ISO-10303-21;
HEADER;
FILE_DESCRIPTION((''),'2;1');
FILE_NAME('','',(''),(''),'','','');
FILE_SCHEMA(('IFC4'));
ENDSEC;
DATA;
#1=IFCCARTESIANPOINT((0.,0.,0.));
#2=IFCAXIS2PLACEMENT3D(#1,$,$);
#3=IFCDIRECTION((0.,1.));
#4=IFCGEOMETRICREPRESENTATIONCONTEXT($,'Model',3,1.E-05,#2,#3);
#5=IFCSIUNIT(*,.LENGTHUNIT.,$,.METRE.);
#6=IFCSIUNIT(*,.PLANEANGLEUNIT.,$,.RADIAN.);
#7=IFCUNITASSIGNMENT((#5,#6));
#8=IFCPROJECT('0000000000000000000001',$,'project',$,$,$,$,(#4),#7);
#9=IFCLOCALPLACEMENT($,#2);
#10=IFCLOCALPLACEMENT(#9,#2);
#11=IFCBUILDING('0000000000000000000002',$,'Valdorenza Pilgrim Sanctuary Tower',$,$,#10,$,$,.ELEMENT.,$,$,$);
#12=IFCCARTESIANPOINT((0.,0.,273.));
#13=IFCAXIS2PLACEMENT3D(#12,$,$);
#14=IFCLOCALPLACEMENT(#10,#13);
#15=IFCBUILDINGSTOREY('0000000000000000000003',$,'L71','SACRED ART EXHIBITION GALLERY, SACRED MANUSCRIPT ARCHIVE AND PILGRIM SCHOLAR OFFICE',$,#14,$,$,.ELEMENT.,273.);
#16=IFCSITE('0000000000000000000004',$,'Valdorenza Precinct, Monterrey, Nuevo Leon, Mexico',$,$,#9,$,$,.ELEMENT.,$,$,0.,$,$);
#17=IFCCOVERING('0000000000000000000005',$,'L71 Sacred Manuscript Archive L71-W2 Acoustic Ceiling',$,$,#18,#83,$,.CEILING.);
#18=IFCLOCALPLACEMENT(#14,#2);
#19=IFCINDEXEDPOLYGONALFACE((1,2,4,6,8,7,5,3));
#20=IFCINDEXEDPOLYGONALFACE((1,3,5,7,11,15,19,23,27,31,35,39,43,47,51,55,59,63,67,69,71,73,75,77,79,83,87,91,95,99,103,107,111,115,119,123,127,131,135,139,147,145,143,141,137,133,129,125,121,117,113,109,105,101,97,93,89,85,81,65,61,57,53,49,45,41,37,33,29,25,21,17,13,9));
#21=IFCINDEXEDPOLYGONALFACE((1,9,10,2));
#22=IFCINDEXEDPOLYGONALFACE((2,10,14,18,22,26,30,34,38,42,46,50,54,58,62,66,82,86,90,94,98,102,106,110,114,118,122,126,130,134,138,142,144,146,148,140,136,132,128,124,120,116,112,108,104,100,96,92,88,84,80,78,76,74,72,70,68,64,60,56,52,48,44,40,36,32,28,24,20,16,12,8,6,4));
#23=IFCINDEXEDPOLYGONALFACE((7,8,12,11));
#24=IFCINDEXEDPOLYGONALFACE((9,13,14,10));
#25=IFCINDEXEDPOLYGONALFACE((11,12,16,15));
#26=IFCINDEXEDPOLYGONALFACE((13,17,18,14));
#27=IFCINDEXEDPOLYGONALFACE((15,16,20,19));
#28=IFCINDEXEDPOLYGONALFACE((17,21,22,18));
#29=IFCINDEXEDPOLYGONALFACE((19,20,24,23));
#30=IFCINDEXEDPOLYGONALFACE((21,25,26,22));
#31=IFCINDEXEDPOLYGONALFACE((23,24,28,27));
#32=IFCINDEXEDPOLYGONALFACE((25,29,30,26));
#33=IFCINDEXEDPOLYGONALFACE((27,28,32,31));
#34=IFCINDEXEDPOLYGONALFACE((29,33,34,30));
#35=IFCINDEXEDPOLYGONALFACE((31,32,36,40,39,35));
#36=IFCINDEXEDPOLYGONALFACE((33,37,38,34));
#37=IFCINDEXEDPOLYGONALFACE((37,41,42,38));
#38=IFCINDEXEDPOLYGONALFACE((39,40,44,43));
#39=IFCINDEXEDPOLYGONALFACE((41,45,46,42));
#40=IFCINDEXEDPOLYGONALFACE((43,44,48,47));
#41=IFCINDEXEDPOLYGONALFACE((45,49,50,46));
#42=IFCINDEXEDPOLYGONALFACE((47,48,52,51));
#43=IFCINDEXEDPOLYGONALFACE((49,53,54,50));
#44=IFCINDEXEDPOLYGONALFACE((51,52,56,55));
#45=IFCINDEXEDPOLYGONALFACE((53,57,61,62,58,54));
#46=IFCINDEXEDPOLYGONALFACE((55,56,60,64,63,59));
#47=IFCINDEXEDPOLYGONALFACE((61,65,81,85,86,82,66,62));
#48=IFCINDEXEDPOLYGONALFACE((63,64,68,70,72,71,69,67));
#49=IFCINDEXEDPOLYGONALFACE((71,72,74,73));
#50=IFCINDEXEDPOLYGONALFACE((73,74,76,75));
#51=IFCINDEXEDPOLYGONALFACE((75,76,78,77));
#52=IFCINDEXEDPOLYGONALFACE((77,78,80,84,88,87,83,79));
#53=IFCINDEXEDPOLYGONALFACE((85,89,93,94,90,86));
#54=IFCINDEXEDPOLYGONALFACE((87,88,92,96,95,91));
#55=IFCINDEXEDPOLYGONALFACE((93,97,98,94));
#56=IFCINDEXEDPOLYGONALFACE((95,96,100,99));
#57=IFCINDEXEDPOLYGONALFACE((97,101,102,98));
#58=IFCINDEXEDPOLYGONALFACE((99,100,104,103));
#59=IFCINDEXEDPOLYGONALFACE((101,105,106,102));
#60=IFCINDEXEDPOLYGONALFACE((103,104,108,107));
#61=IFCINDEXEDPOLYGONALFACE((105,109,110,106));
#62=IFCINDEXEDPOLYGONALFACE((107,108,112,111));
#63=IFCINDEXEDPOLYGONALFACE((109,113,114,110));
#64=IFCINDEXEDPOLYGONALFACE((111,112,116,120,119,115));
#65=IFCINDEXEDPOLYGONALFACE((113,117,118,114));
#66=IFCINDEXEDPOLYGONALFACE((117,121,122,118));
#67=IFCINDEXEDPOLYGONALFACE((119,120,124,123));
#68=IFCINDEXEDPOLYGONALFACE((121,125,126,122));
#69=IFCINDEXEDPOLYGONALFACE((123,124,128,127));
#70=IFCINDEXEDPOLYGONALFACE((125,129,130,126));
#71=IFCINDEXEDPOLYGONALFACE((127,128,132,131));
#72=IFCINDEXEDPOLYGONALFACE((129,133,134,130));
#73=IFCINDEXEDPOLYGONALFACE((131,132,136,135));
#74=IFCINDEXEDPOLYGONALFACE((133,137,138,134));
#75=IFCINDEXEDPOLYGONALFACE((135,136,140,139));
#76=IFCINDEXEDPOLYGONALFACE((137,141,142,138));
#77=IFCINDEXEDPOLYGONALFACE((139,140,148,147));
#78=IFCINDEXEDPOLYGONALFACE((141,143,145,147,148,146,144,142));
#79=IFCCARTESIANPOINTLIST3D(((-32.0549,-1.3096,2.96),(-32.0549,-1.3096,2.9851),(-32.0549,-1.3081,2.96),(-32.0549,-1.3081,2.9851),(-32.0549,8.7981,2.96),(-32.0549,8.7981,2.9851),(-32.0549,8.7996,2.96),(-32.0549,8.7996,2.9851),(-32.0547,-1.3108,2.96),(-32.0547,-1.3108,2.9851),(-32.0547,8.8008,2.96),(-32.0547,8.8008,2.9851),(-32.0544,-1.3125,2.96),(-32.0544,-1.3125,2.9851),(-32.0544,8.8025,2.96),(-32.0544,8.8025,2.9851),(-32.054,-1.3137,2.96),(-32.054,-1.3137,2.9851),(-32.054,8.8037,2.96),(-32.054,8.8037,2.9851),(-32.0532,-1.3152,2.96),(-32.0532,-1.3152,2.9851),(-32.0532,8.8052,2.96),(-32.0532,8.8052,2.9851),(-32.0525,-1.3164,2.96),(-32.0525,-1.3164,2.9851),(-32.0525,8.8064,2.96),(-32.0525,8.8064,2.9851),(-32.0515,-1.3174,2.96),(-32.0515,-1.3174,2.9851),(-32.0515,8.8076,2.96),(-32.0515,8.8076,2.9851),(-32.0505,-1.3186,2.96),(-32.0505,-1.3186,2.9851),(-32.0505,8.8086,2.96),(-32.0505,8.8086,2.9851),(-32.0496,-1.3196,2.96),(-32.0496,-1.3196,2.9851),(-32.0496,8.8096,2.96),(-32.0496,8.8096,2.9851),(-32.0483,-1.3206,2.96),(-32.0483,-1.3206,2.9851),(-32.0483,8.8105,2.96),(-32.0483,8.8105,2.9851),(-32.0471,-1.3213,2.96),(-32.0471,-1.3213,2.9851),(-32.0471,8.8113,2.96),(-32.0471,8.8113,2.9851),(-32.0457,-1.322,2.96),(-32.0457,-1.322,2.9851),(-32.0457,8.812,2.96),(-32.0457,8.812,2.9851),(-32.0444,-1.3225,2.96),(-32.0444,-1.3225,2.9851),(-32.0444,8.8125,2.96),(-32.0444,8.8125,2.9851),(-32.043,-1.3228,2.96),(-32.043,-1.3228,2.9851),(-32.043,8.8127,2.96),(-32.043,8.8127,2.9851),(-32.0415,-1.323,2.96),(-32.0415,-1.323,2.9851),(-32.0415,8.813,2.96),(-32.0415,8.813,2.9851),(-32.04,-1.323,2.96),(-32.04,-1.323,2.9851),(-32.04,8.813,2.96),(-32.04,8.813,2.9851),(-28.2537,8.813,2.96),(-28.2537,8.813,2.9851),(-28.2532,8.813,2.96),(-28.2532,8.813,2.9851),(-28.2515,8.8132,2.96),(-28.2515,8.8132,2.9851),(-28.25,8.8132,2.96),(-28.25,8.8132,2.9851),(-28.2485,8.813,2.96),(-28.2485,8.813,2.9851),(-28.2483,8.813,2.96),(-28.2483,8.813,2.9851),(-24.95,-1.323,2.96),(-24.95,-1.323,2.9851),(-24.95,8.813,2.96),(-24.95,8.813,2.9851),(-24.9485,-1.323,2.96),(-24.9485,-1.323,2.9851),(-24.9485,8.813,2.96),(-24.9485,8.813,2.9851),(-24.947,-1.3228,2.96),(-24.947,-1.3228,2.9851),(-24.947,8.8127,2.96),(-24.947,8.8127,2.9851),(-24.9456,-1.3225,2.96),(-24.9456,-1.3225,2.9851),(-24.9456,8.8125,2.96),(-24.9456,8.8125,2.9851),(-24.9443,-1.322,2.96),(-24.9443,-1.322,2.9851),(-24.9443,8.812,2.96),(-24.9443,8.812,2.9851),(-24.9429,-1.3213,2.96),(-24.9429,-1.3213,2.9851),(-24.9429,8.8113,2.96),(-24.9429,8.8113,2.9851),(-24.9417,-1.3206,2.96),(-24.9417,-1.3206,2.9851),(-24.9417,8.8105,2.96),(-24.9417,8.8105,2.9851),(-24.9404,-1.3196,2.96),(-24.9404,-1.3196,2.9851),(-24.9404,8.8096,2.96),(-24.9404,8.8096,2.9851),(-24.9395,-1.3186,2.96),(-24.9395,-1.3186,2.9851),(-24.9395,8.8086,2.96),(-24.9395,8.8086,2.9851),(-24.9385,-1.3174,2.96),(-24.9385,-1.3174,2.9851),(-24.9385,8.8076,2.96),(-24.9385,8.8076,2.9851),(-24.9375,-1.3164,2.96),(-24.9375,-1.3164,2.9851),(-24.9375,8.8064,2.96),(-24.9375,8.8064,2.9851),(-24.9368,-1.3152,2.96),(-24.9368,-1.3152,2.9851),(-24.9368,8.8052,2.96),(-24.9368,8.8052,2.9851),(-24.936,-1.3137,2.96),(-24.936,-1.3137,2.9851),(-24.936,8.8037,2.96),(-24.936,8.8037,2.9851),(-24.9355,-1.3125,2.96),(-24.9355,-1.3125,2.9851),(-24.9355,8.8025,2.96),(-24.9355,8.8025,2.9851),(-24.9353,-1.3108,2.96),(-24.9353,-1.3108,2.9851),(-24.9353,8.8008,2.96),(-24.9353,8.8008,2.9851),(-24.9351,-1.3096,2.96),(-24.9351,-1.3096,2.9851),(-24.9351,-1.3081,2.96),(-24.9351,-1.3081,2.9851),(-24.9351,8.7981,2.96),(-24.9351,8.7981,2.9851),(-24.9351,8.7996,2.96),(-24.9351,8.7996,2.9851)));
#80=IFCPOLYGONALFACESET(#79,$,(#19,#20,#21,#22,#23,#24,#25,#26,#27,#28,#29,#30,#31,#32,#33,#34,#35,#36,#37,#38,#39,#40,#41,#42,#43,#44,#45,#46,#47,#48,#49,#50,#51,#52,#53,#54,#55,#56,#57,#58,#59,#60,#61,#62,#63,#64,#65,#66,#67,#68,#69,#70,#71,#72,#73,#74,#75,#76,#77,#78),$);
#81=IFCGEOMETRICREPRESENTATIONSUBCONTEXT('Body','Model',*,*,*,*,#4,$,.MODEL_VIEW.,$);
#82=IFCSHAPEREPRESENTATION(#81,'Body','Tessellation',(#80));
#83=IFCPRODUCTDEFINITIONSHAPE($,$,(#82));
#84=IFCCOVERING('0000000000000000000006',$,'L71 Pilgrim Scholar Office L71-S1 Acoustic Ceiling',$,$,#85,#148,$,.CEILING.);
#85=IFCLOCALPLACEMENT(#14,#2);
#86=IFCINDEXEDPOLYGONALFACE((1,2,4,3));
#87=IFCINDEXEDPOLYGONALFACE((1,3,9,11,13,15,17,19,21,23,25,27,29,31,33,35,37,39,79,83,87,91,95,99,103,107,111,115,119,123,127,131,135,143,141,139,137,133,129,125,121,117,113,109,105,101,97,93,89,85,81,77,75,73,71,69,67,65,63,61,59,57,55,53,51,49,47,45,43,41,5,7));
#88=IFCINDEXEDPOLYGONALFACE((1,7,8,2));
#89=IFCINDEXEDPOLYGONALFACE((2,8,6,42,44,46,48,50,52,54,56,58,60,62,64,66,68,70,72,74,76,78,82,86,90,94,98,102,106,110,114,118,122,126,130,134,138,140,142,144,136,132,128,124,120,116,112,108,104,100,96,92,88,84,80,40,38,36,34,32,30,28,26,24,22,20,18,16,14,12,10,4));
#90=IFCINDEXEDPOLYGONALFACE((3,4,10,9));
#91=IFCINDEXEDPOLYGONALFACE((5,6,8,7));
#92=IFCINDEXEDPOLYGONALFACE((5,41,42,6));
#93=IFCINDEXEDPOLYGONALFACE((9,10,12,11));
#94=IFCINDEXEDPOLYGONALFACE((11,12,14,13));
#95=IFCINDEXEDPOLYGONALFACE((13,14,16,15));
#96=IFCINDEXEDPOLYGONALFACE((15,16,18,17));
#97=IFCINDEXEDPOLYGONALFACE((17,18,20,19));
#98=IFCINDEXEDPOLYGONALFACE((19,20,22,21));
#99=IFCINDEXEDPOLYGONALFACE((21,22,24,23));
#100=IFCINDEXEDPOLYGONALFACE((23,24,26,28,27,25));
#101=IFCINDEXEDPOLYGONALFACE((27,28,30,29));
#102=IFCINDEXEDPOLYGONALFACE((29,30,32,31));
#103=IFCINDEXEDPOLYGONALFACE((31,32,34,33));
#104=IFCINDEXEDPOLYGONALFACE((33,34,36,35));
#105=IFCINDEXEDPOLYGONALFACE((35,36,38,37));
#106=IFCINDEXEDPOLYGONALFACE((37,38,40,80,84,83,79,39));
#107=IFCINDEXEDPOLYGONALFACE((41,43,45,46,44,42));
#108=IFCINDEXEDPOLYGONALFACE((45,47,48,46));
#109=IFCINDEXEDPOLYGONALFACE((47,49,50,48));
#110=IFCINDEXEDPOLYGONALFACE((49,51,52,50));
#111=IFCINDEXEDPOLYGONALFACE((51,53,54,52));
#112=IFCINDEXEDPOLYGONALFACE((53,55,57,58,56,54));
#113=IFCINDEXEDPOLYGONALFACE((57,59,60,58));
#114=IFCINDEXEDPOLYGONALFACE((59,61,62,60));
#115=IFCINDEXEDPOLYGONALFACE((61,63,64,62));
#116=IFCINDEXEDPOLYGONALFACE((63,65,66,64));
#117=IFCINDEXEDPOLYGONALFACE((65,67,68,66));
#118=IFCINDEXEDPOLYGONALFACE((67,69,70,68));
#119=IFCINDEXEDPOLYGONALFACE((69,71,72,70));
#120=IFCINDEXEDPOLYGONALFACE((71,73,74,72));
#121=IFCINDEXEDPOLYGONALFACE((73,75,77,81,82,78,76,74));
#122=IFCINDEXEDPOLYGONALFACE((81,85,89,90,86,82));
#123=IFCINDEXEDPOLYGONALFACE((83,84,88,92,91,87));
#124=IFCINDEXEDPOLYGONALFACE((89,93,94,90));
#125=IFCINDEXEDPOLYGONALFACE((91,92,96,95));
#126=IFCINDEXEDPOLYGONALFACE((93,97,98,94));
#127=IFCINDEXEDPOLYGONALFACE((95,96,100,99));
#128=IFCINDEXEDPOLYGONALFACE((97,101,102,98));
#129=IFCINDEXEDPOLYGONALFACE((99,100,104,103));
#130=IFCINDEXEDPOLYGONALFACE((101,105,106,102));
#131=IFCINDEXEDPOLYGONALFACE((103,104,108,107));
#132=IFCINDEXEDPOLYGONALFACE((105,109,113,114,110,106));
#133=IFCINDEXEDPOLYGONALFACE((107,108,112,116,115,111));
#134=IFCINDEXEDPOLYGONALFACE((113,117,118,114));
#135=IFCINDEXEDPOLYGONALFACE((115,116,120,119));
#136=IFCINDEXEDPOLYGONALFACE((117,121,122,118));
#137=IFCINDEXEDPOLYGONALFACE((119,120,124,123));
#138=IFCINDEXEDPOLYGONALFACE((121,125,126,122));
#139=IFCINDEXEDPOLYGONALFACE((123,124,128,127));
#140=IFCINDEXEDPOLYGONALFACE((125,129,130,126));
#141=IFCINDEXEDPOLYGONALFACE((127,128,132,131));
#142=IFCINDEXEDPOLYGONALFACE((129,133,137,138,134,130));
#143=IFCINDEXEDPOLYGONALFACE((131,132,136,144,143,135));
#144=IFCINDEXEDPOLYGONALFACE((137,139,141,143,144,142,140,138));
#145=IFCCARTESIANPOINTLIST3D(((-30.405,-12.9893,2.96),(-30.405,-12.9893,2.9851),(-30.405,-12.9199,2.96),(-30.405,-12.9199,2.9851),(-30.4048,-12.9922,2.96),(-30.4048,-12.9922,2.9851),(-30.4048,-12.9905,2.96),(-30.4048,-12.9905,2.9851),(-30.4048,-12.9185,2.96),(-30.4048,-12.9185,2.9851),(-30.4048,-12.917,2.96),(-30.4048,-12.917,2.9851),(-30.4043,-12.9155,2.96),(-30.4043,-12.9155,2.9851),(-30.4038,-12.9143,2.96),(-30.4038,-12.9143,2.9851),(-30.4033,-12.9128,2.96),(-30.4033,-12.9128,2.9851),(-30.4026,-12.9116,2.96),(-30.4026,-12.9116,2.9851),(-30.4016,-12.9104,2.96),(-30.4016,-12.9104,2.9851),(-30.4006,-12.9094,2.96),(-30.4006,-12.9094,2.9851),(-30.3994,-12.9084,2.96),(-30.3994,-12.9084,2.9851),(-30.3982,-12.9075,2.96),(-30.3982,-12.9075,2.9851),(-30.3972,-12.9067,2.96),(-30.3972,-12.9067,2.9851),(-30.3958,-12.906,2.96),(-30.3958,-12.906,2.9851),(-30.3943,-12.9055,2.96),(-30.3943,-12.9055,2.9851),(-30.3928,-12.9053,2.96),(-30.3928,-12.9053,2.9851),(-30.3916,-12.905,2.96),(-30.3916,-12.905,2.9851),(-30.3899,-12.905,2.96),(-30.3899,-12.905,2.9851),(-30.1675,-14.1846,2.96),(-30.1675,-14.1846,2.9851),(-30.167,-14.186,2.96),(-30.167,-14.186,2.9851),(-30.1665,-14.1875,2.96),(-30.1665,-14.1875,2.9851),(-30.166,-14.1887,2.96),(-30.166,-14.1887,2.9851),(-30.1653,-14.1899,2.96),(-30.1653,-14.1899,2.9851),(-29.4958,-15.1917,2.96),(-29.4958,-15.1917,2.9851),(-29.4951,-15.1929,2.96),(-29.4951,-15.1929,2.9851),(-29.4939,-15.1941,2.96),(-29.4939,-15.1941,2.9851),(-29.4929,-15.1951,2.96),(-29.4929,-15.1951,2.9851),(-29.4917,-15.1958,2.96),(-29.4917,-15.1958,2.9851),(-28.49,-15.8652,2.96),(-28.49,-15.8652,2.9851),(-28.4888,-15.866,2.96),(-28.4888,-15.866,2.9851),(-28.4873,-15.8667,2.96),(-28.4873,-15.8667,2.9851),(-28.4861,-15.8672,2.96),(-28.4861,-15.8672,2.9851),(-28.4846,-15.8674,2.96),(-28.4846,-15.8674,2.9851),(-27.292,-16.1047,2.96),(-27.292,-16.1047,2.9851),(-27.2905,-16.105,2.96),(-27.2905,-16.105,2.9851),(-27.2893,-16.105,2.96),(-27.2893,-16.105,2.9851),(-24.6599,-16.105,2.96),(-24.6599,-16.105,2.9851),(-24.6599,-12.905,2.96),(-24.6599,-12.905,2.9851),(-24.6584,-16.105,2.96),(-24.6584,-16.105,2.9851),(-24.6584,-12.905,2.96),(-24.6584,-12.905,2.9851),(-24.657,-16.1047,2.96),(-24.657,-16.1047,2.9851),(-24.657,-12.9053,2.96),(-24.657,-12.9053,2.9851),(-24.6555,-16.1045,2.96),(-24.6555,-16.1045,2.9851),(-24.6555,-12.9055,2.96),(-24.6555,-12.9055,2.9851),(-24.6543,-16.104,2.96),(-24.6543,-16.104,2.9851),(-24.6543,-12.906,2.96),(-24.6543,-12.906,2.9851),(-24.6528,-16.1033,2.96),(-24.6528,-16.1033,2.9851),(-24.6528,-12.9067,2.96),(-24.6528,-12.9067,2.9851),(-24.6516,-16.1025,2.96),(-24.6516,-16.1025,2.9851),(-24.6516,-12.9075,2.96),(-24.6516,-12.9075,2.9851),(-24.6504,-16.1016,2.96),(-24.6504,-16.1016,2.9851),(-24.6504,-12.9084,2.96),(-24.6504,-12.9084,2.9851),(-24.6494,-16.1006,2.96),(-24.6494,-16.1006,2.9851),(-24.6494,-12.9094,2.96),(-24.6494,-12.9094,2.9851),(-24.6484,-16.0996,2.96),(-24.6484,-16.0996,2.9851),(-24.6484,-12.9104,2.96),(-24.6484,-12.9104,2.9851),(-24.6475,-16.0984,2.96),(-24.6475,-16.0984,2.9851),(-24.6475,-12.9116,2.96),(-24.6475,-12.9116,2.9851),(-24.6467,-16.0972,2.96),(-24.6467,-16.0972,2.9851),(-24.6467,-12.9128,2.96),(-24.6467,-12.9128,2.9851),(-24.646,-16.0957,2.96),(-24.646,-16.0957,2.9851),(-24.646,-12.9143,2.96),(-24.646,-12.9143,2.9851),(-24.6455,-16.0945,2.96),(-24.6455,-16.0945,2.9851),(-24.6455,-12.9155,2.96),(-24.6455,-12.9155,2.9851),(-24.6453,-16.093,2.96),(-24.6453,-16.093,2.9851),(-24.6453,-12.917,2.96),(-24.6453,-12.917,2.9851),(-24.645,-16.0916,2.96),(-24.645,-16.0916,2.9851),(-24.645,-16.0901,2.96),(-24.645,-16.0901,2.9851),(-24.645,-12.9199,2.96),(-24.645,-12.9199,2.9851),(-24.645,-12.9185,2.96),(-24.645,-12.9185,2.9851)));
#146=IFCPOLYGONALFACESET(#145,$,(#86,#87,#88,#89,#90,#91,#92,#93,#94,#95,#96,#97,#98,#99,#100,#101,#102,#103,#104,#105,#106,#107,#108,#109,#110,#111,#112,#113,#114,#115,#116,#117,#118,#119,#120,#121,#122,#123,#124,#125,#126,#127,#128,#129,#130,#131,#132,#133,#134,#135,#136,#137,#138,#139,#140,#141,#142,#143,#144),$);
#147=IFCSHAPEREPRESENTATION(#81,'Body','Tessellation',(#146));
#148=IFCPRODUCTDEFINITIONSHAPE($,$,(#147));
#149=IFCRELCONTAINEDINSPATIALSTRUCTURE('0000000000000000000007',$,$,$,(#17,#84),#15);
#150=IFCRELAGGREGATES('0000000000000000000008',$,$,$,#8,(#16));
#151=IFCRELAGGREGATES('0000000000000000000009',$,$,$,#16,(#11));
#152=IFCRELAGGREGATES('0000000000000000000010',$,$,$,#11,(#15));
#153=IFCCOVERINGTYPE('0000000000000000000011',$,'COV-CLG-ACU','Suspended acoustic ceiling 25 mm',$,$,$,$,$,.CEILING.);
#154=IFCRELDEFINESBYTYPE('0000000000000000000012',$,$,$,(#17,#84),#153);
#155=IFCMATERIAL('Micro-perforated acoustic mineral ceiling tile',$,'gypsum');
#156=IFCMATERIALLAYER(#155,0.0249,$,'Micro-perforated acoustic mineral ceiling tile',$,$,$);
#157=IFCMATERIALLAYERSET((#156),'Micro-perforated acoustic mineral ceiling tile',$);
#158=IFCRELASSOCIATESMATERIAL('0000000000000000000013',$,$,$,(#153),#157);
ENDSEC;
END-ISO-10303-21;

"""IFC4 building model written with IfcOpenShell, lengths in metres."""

from ifc_helpers import new_model, si_unit, direction, frame, origin, place, context, subcontext, project, spatial, polyline, outline, extrude, material, layer, layer_set, type_object, element, save


model = new_model("IFC4")

# Units and contexts
model_context = context("Model", 3, precision=1e-05, world=origin(), true_north=direction((0.0, 1.0)))
body_context = subcontext(model_context, "Body", "Model", "MODEL_VIEW")
ifc_project = project(units=[si_unit("LENGTHUNIT", "METRE"), si_unit("PLANEANGLEUNIT", "RADIAN")], contexts=[model_context])

# Site, building, storey
site_placement = place(None, origin())
site = spatial("IfcSite", under=ifc_project, at=site_placement, Name="Valdorenza Precinct, Monterrey, Nuevo Leon, Mexico", CompositionType="ELEMENT", RefElevation=0.0)
building_placement = place(site_placement, origin())
building = spatial("IfcBuilding", under=site, at=building_placement, Name="Valdorenza Pilgrim Sanctuary Tower", CompositionType="ELEMENT")
storey_placement = place(building_placement, frame((0.0, 0.0, 273.0)))
storey = spatial("IfcBuildingStorey", under=building, at=storey_placement, Name="L71", Description="SACRED ART EXHIBITION GALLERY, SACRED MANUSCRIPT ARCHIVE AND PILGRIM SCHOLAR OFFICE", CompositionType="ELEMENT", Elevation=273.0)

# Coverings
ifc_material_1 = material(Name="Micro-perforated acoustic mineral ceiling tile", Category="gypsum")
ifc_layer_1 = layer(ifc_material_1, 0.0249, Name="Micro-perforated acoustic mineral ceiling tile")
ifc_layer_set_1 = layer_set([ifc_layer_1], Name="Micro-perforated acoustic mineral ceiling tile")
covering_type_1 = type_object("IfcCoveringType", Name="COV-CLG-ACU", Description="Suspended acoustic ceiling 25 mm", PredefinedType="CEILING", material=ifc_layer_set_1)
covering_1_placement = place(storey_placement, frame((0.0, 0.0, 2.96)))
element("IfcCovering", 1, at=covering_1_placement, inside=storey, type_object=covering_type_1, Name="L71 Sacred Manuscript Archive L71-W2 Acoustic Ceiling", PredefinedType="CEILING", context=body_context, shape_type="SweptSolid", body=[
    extrude(outline(polyline([(-28.2537, 8.813), (-28.2532, 8.813), (-28.2515, 8.8132), (-28.25, 8.8132), (-28.2485, 8.813), (-28.2483, 8.813), (-24.95, 8.813), (-24.9485, 8.813), (-24.947, 8.8127), (-24.9456, 8.8125), (-24.9443, 8.812), (-24.9429, 8.8113), (-24.9417, 8.8105), (-24.9404, 8.8096), (-24.9395, 8.8086), (-24.9385, 8.8076), (-24.9375, 8.8064), (-24.9368, 8.8052), (-24.936, 8.8037), (-24.9355, 8.8025), (-24.9353, 8.8008), (-24.9351, 8.7996), (-24.9351, 8.7981), (-24.9351, -1.3081), (-24.9351, -1.3096), (-24.9353, -1.3108), (-24.9355, -1.3125), (-24.936, -1.3137), (-24.9368, -1.3152), (-24.9375, -1.3164), (-24.9385, -1.3174), (-24.9395, -1.3186), (-24.9404, -1.3196), (-24.9417, -1.3206), (-24.9429, -1.3213), (-24.9443, -1.322), (-24.9456, -1.3225), (-24.947, -1.3228), (-24.9485, -1.323), (-24.95, -1.323), (-32.04, -1.323), (-32.0415, -1.323), (-32.043, -1.3228), (-32.0444, -1.3225), (-32.0457, -1.322), (-32.0471, -1.3213), (-32.0483, -1.3206), (-32.0496, -1.3196), (-32.0505, -1.3186), (-32.0515, -1.3174), (-32.0525, -1.3164), (-32.0532, -1.3152), (-32.054, -1.3137), (-32.0544, -1.3125), (-32.0547, -1.3108), (-32.0549, -1.3096), (-32.0549, -1.3081), (-32.0549, 8.7981), (-32.0549, 8.7996), (-32.0547, 8.8008), (-32.0544, 8.8025), (-32.054, 8.8037), (-32.0532, 8.8052), (-32.0525, 8.8064), (-32.0515, 8.8076), (-32.0505, 8.8086), (-32.0496, 8.8096), (-32.0483, 8.8105), (-32.0471, 8.8113), (-32.0457, 8.812), (-32.0444, 8.8125), (-32.043, 8.8127), (-32.0415, 8.813), (-32.04, 8.813), (-28.2537, 8.813)])), origin(), (0.0, 0.0, 1.0), 0.0251),
])
covering_2_placement = place(storey_placement, frame((0.0, 0.0, 2.96)))
element("IfcCovering", 2, at=covering_2_placement, inside=storey, type_object=covering_type_1, Name="L71 Pilgrim Scholar Office L71-S1 Acoustic Ceiling", PredefinedType="CEILING", context=body_context, shape_type="SweptSolid", body=[
    extrude(outline(polyline([(-24.645, -16.0901), (-24.645, -16.0916), (-24.6453, -16.093), (-24.6455, -16.0945), (-24.646, -16.0957), (-24.6467, -16.0972), (-24.6475, -16.0984), (-24.6484, -16.0996), (-24.6494, -16.1006), (-24.6504, -16.1016), (-24.6516, -16.1025), (-24.6528, -16.1033), (-24.6543, -16.104), (-24.6555, -16.1045), (-24.657, -16.1047), (-24.6584, -16.105), (-24.6599, -16.105), (-27.2893, -16.105), (-27.2905, -16.105), (-27.292, -16.1047), (-28.4846, -15.8674), (-28.4861, -15.8672), (-28.4873, -15.8667), (-28.4888, -15.866), (-28.49, -15.8652), (-29.4917, -15.1958), (-29.4929, -15.1951), (-29.4939, -15.1941), (-29.4951, -15.1929), (-29.4958, -15.1917), (-30.1653, -14.1899), (-30.166, -14.1887), (-30.1665, -14.1875), (-30.167, -14.186), (-30.1675, -14.1846), (-30.4048, -12.9922), (-30.4048, -12.9905), (-30.405, -12.9893), (-30.405, -12.9199), (-30.4048, -12.9185), (-30.4048, -12.917), (-30.4043, -12.9155), (-30.4038, -12.9143), (-30.4033, -12.9128), (-30.4026, -12.9116), (-30.4016, -12.9104), (-30.4006, -12.9094), (-30.3994, -12.9084), (-30.3982, -12.9075), (-30.3972, -12.9067), (-30.3958, -12.906), (-30.3943, -12.9055), (-30.3928, -12.9053), (-30.3916, -12.905), (-30.3899, -12.905), (-24.6599, -12.905), (-24.6584, -12.905), (-24.657, -12.9053), (-24.6555, -12.9055), (-24.6543, -12.906), (-24.6528, -12.9067), (-24.6516, -12.9075), (-24.6504, -12.9084), (-24.6494, -12.9094), (-24.6484, -12.9104), (-24.6475, -12.9116), (-24.6467, -12.9128), (-24.646, -12.9143), (-24.6455, -12.9155), (-24.6453, -12.917), (-24.645, -12.9185), (-24.645, -12.9199), (-24.645, -16.0901)])), origin(), (0.0, 0.0, 1.0), 0.0251),
])

save(model, "model.ifc")
